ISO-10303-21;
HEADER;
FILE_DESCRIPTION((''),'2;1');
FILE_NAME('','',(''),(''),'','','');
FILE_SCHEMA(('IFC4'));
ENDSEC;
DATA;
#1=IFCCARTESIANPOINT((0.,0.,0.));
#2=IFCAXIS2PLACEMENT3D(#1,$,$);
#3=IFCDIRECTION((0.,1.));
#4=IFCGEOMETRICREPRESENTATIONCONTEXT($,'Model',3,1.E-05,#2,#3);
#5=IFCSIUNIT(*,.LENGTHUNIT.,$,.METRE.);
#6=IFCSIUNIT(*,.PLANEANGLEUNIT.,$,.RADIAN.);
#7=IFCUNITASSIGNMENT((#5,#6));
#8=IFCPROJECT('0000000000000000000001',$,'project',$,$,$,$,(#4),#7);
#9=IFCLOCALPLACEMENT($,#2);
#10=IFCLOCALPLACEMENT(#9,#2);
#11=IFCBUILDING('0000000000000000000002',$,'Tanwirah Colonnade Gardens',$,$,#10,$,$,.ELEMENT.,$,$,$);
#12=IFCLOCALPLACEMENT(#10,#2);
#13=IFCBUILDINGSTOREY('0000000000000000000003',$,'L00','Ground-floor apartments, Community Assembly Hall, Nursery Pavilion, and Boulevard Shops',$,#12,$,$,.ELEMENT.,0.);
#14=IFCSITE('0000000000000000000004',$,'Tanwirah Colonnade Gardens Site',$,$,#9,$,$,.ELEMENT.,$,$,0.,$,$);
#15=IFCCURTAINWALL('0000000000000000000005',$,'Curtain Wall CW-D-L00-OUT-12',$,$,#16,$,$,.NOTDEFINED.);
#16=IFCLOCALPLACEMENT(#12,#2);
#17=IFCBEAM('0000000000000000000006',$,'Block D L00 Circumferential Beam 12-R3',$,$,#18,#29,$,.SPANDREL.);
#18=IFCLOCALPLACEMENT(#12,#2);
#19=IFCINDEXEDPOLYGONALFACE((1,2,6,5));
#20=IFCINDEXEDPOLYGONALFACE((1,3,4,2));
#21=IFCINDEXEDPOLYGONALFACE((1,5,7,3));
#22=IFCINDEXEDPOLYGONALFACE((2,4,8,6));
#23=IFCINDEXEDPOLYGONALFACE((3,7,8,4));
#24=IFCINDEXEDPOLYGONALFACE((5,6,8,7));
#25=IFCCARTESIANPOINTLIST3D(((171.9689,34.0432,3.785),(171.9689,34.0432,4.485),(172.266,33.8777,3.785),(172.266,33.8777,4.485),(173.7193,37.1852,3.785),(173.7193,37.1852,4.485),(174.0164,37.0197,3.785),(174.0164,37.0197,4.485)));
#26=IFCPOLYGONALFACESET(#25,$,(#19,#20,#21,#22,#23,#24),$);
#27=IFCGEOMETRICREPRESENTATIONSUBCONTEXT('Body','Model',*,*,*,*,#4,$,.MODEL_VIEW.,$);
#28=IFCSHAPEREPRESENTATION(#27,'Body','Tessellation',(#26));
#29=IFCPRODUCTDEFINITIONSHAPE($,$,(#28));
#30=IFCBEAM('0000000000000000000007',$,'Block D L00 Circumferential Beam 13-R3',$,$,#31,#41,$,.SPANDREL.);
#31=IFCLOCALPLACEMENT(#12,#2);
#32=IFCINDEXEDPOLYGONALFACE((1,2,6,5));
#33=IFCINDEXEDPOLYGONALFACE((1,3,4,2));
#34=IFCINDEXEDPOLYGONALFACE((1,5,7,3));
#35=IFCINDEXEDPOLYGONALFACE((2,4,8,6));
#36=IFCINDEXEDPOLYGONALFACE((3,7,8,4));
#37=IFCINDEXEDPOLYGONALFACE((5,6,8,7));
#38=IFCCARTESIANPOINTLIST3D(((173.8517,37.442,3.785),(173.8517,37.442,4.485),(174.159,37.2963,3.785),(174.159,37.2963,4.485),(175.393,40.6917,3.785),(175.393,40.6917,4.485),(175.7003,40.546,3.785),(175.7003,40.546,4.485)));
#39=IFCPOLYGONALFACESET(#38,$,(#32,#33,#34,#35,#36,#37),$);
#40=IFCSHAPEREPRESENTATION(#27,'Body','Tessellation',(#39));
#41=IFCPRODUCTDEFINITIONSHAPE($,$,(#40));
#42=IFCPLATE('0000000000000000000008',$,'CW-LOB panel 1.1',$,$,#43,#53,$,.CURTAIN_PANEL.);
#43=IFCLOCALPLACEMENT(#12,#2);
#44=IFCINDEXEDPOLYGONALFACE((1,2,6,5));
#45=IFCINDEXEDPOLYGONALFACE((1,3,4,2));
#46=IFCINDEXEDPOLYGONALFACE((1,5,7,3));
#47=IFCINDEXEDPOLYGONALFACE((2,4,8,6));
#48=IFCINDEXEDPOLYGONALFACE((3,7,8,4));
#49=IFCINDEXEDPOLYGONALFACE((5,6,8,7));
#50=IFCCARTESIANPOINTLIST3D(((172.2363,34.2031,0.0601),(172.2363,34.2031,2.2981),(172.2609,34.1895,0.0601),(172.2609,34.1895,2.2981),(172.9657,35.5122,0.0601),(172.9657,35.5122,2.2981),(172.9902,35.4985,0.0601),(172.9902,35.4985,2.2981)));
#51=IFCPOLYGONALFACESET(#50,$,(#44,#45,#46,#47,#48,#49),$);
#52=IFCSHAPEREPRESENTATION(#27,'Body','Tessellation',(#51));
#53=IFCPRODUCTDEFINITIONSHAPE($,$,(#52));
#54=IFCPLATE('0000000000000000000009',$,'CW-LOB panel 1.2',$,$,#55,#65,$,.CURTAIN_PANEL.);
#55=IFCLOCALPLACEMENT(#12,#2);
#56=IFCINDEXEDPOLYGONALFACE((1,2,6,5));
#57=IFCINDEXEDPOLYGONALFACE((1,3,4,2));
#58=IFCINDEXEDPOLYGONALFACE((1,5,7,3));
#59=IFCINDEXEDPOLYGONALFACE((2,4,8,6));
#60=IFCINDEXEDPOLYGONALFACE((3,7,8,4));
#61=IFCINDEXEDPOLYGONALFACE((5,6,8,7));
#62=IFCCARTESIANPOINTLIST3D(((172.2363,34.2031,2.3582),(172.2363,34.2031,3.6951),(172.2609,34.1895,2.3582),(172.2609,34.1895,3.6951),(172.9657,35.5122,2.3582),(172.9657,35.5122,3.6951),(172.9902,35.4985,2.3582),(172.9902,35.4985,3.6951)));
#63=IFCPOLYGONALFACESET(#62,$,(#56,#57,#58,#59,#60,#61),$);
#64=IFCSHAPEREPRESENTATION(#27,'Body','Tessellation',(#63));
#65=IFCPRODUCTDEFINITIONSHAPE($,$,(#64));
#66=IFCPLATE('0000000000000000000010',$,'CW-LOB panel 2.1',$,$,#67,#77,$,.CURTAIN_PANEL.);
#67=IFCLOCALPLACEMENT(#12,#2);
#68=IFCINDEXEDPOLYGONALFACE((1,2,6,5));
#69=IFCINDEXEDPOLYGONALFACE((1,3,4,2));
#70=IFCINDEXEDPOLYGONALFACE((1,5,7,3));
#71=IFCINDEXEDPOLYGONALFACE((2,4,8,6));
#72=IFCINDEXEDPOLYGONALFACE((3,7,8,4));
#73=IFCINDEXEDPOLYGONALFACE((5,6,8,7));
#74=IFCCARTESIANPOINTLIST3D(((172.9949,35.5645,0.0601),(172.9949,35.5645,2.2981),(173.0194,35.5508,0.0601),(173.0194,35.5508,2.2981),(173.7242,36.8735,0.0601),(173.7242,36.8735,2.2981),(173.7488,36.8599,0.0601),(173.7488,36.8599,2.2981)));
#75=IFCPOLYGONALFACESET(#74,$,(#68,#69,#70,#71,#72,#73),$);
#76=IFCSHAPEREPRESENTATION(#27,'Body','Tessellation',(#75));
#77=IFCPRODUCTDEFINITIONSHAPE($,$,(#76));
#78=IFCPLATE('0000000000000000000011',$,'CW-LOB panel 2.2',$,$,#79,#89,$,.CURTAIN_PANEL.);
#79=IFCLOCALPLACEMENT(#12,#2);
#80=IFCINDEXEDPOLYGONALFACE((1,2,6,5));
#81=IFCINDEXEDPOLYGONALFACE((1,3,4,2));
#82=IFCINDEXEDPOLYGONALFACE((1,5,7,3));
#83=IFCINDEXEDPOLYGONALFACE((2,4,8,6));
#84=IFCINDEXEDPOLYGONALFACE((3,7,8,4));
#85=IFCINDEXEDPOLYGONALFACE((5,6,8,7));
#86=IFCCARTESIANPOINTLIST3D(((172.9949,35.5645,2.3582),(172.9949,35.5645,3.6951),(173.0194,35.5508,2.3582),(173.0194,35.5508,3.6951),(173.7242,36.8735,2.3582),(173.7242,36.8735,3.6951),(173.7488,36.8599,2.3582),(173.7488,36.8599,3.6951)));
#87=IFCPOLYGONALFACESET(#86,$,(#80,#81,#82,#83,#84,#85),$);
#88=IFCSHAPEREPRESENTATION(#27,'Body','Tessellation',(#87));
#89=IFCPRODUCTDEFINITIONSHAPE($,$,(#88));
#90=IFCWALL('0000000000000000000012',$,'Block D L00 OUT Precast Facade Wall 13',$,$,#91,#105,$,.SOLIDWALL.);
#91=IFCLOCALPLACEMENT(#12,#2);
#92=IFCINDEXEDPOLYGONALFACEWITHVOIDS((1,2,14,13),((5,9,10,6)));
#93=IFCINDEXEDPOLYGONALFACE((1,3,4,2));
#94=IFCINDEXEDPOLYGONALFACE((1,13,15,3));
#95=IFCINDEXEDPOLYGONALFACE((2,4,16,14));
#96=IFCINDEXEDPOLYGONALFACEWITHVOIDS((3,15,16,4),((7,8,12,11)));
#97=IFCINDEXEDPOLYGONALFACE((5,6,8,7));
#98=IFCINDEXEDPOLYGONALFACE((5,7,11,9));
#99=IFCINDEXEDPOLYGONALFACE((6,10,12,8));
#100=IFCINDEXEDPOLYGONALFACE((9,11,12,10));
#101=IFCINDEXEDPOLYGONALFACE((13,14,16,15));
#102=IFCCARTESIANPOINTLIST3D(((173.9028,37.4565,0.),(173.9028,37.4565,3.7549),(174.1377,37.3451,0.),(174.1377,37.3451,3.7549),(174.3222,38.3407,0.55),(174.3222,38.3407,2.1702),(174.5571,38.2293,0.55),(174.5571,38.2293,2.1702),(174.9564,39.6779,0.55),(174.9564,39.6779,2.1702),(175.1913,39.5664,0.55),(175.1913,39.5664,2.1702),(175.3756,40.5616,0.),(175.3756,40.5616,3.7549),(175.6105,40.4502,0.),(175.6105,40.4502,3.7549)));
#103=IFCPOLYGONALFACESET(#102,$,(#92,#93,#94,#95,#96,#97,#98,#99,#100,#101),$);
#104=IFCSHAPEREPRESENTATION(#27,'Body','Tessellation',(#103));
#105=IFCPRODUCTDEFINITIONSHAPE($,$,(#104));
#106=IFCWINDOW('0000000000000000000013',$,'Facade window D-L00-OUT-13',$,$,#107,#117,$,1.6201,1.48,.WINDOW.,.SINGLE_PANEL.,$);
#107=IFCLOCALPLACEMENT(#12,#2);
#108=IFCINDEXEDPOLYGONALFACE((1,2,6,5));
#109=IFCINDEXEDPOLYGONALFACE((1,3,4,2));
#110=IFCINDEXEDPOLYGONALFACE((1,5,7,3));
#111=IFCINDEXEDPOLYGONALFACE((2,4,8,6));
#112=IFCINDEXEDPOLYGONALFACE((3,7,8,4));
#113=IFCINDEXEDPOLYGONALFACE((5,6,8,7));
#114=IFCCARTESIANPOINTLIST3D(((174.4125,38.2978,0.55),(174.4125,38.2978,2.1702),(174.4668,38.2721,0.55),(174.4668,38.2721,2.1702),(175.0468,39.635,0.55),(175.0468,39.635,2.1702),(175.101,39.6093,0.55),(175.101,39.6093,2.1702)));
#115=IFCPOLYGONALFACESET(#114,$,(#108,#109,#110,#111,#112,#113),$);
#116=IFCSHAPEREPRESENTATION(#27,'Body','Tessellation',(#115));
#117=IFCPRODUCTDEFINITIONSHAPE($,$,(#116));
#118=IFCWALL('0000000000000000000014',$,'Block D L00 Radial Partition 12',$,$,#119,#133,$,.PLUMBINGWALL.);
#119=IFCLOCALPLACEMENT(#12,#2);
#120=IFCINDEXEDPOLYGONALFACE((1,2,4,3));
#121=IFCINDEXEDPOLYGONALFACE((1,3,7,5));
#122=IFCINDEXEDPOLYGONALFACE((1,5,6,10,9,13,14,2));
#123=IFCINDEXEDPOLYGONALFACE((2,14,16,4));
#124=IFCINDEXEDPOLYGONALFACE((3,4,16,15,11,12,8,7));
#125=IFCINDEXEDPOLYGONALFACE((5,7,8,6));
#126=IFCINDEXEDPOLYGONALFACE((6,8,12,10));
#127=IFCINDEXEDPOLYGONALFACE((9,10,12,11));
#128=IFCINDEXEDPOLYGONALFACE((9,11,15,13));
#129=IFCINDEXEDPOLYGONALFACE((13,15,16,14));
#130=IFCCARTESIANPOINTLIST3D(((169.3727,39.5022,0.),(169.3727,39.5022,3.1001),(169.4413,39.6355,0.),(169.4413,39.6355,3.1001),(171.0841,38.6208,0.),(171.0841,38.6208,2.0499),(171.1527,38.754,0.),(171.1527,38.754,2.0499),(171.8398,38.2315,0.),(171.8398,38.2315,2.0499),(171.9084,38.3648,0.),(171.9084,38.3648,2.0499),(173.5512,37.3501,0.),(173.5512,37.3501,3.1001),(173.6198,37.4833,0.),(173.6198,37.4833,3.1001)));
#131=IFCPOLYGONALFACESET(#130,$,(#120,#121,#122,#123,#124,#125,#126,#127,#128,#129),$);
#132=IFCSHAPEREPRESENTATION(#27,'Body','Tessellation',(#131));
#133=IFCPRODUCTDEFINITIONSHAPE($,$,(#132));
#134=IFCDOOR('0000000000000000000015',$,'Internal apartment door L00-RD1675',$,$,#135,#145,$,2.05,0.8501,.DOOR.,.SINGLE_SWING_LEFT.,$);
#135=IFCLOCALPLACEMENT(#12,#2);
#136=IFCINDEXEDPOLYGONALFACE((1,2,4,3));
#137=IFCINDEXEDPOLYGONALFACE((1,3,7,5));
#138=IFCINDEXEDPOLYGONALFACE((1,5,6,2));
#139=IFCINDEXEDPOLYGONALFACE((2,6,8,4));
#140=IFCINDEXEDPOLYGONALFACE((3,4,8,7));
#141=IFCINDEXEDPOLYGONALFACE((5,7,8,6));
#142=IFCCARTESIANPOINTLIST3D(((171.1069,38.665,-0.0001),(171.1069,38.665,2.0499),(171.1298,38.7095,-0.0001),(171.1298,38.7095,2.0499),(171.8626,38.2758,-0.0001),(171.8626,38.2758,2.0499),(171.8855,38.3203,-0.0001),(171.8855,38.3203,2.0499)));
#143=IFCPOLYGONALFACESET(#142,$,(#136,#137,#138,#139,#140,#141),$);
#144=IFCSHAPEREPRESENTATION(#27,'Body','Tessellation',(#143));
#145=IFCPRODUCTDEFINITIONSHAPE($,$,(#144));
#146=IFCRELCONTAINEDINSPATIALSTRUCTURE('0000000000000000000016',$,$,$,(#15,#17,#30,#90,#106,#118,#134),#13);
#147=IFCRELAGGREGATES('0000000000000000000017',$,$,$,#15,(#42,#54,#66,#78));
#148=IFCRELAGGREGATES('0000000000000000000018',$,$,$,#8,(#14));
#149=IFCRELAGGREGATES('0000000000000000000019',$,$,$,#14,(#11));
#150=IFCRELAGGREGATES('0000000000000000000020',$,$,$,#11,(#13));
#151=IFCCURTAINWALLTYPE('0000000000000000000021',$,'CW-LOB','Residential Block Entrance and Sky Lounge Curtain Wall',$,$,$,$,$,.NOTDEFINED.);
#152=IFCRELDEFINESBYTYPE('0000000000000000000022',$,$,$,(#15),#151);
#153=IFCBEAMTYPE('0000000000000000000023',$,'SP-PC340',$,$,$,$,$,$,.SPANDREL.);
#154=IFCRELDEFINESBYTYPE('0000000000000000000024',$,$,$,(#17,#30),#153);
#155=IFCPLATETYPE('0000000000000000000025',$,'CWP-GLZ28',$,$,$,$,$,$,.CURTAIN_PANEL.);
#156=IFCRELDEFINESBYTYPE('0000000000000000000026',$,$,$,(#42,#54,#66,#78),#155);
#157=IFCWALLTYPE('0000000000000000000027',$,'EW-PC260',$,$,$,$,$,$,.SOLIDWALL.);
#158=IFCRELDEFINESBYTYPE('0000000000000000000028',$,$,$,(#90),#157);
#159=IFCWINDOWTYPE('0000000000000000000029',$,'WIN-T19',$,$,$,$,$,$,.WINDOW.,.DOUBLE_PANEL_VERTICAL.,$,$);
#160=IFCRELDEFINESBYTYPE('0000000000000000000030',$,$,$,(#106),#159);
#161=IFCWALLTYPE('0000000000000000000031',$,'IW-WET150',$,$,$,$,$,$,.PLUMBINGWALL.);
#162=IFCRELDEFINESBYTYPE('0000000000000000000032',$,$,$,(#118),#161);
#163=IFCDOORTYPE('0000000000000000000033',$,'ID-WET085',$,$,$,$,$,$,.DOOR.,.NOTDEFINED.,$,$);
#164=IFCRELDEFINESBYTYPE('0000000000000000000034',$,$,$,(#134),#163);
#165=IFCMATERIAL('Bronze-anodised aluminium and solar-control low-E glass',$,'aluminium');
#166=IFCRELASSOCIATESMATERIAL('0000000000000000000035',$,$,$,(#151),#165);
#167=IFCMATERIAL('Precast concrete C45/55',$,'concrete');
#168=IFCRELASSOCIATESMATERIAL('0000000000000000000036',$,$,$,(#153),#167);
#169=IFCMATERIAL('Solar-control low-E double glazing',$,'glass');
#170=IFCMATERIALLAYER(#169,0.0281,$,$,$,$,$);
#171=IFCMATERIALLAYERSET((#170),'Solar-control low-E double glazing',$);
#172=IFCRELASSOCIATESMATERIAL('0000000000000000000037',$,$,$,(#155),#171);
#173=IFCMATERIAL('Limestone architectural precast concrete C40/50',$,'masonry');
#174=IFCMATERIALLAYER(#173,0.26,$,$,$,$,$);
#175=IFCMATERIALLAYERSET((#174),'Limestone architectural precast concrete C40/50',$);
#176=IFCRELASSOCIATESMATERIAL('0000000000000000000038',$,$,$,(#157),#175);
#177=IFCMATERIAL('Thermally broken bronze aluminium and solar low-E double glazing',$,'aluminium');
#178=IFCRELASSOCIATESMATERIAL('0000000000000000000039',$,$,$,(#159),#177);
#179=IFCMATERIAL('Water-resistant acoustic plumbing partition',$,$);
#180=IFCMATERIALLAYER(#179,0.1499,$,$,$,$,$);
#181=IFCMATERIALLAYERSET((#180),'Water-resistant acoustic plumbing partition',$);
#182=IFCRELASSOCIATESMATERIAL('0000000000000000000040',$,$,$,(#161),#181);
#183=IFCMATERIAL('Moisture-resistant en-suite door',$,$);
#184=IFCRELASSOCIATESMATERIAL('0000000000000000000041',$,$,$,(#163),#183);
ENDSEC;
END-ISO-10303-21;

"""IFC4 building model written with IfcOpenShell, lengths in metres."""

from ifc_helpers import new_model, si_unit, direction, frame, frame_2d, origin, origin_2d, place, context, subcontext, project, spatial, rectangle, extrude, material, layer, layer_set, material_profile, profile_set, type_object, element, fill, aggregate, save


model = new_model("IFC4")

# Units and contexts
model_context = context("Model", 3, precision=1e-05, world=origin(), true_north=direction((0.0, 1.0)))
body_context = subcontext(model_context, "Body", "Model", "MODEL_VIEW")
ifc_project = project(units=[si_unit("LENGTHUNIT", "METRE"), si_unit("PLANEANGLEUNIT", "RADIAN")], contexts=[model_context])

# Site, building, storey
site_placement = place(None, origin())
site = spatial("IfcSite", under=ifc_project, at=site_placement, Name="Tanwirah Colonnade Gardens Site", CompositionType="ELEMENT", RefElevation=0.0)
building_placement = place(site_placement, origin())
building = spatial("IfcBuilding", under=site, at=building_placement, Name="Tanwirah Colonnade Gardens", CompositionType="ELEMENT")
storey_placement = place(building_placement, origin())
storey = spatial("IfcBuildingStorey", under=building, at=storey_placement, Name="L00", Description="Ground-floor apartments, Community Assembly Hall, Nursery Pavilion, and Boulevard Shops", CompositionType="ELEMENT", Elevation=0.0)

# Shared definitions
ifc_material_1 = material(Name="Precast concrete C45/55", Category="concrete")

# Curtain wall
ifc_material_2 = material(Name="Bronze-anodised aluminium and solar-control low-E glass", Category="aluminium")
curtain_wall_type = type_object("IfcCurtainWallType", Name="CW-LOB", Description="Residential Block Entrance and Sky Lounge Curtain Wall", PredefinedType="NOTDEFINED", material=ifc_material_2)
curtain_wall_placement = place(storey_placement, origin())
curtain_wall = element("IfcCurtainWall", 1, at=curtain_wall_placement, inside=storey, type_object=curtain_wall_type, Name="Curtain Wall CW-D-L00-OUT-12", PredefinedType="NOTDEFINED")

# Beams
ifc_material_profile_1 = material_profile(ifc_material_1, rectangle(XDim=0.3401, YDim=0.7, at=origin_2d()), Name="PC-SP 340x700")
ifc_profile_set_1 = profile_set([ifc_material_profile_1], Name="Precast concrete C45/55")
beam_type = type_object("IfcBeamType", Name="SP-PC340", PredefinedType="SPANDREL", material=ifc_profile_set_1)
for number, where, z_axis, x_axis, name in (
    (2, (172.1174, 33.9604, 4.135), (0.48668, 0.87358, 0.0), (-0.87358, 0.48668, 0.0), "Block D L00 Circumferential Beam 12-R3"),
    (3, (174.0054, 37.3691, 4.135), (0.428518, 0.903533, 0.0), (-0.903533, 0.428518, 0.0), "Block D L00 Circumferential Beam 13-R3"),
):
    element("IfcBeam", number, at=place(storey_placement, frame(where, z_axis=z_axis, x_axis=x_axis)), inside=storey, type_object=beam_type, Name=name, PredefinedType="SPANDREL", context=body_context, shape_type="SweptSolid", body=[
        extrude(rectangle(XDim=0.3401, YDim=0.7, at=origin_2d()), origin(), (0.0, 0.0, 1.0), 3.5967),
    ])

# Plates
ifc_material_3 = material(Name="Solar-control low-E double glazing", Category="glass")
ifc_layer_1 = layer(ifc_material_3, 0.0281)
ifc_layer_set_1 = layer_set([ifc_layer_1], Name="Solar-control low-E double glazing")
plate_type = type_object("IfcPlateType", Name="CWP-GLZ28", PredefinedType="CURTAIN_PANEL", material=ifc_layer_set_1)
plate_1_placement = place(storey_placement, frame((172.6133, 34.8508, 0.0601), z_axis=(0.0, 0.0, 1.0), x_axis=(0.486715, 0.873561, 0.0)))
plate_1 = element("IfcPlate", 4, at=plate_1_placement, type_object=plate_type, Name="CW-LOB panel 1.1", PredefinedType="CURTAIN_PANEL", context=body_context, shape_type="SweptSolid", body=[
    extrude(rectangle(XDim=1.4985, YDim=0.0281, at=origin_2d()), origin(), (0.0, 0.0, 1.0), 2.238),
])
plate_2_placement = place(storey_placement, frame((172.6133, 34.8508, 2.3582), z_axis=(0.0, 0.0, 1.0), x_axis=(0.486715, 0.873561, 0.0)))
plate_2 = element("IfcPlate", 5, at=plate_2_placement, type_object=plate_type, Name="CW-LOB panel 1.2", PredefinedType="CURTAIN_PANEL", context=body_context, shape_type="SweptSolid", body=[
    extrude(rectangle(XDim=1.4985, YDim=0.0281, at=origin_2d()), origin(), (0.0, 0.0, 1.0), 1.3369),
])
plate_3_placement = place(storey_placement, frame((173.3718, 36.2122, 0.0601), z_axis=(0.0, 0.0, 1.0), x_axis=(0.486715, 0.873561, 0.0)))
plate_3 = element("IfcPlate", 6, at=plate_3_placement, type_object=plate_type, Name="CW-LOB panel 2.1", PredefinedType="CURTAIN_PANEL", context=body_context, shape_type="SweptSolid", body=[
    extrude(rectangle(XDim=1.4985, YDim=0.0281, at=origin_2d()), origin(), (0.0, 0.0, 1.0), 2.238),
])
plate_4_placement = place(storey_placement, frame((173.3718, 36.2122, 2.3582), z_axis=(0.0, 0.0, 1.0), x_axis=(0.486715, 0.873561, 0.0)))
plate_4 = element("IfcPlate", 7, at=plate_4_placement, type_object=plate_type, Name="CW-LOB panel 2.2", PredefinedType="CURTAIN_PANEL", context=body_context, shape_type="SweptSolid", body=[
    extrude(rectangle(XDim=1.4985, YDim=0.0281, at=origin_2d()), origin(), (0.0, 0.0, 1.0), 1.3369),
])
aggregate(curtain_wall, [plate_1, plate_2, plate_3, plate_4])

# Wall, opening, window
ifc_material_4 = material(Name="Limestone architectural precast concrete C40/50", Category="masonry")
ifc_layer_2 = layer(ifc_material_4, 0.26)
ifc_layer_set_2 = layer_set([ifc_layer_2], Name="Limestone architectural precast concrete C40/50")
wall_type_1 = type_object("IfcWallType", Name="EW-PC260", PredefinedType="SOLIDWALL", material=ifc_layer_set_2)
wall_1_placement = place(storey_placement, frame((174.0203, 37.4009, 0.0), z_axis=(0.0, 0.0, 1.0), x_axis=(0.428563, 0.903512, 0.0)))
wall_1 = element("IfcWall", 8, at=wall_1_placement, inside=storey, type_object=wall_type_1, Name="Block D L00 OUT Precast Facade Wall 13", PredefinedType="SOLIDWALL", context=body_context, shape_type="SweptSolid", body=[
    extrude(rectangle(XDim=3.4368, YDim=0.26, at=frame_2d((1.7183, 0.0))), origin(), (0.0, 0.0, 1.0), 3.7549),
])
opening_1_placement = place(wall_1_placement, frame((0.9785, 0.0, 0.55)))
opening_1 = element("IfcOpeningElement", 9, at=opening_1_placement, cuts=wall_1, PredefinedType="OPENING", context=body_context, shape_type="SweptSolid", body=[
    extrude(rectangle(XDim=1.48, YDim=1.6201, at=frame_2d((0.74, 0.8101))), frame((0.0, 0.1399, 0.0), z_axis=(0.0, -1.0, 0.0), x_axis=(1.0, 0.0, 0.0)), (0.0, 0.0, 1.0), 0.28),
])
ifc_material_5 = material(Name="Thermally broken bronze aluminium and solar low-E double glazing", Category="aluminium")
window_type = type_object("IfcWindowType", Name="WIN-T19", PartitioningType="DOUBLE_PANEL_VERTICAL", PredefinedType="WINDOW", material=ifc_material_5)
window_placement = place(opening_1_placement, origin())
window = element("IfcWindow", 10, at=window_placement, inside=storey, type_object=window_type, Name="Facade window D-L00-OUT-13", OverallHeight=1.6201, OverallWidth=1.48, PartitioningType="SINGLE_PANEL", PredefinedType="WINDOW", context=body_context, shape_type="SweptSolid", body=[
    extrude(rectangle(XDim=1.48, YDim=1.6201, at=frame_2d((0.74, 0.8101))), frame((0.0, 0.03, 0.0), z_axis=(0.0, -1.0, 0.0), x_axis=(1.0, 0.0, 0.0)), (0.0, 0.0, 1.0), 0.0601),
])
fill(opening_1, window)

# Wall, opening, door
ifc_material_6 = material(Name="Water-resistant acoustic plumbing partition")
ifc_layer_3 = layer(ifc_material_6, 0.1499)
ifc_layer_set_3 = layer_set([ifc_layer_3], Name="Water-resistant acoustic plumbing partition")
wall_type_2 = type_object("IfcWallType", Name="IW-WET150", PredefinedType="PLUMBINGWALL", material=ifc_layer_set_3)
wall_2_placement = place(storey_placement, frame((169.407, 39.5688, 0.0), z_axis=(0.0, 0.0, 1.0), x_axis=(0.889013, -0.457882, 0.0)))
wall_2 = element("IfcWall", 11, at=wall_2_placement, inside=storey, type_object=wall_type_2, Name="Block D L00 Radial Partition 12", PredefinedType="PLUMBINGWALL", context=body_context, shape_type="SweptSolid", body=[
    extrude(rectangle(XDim=4.7002, YDim=0.1499, at=frame_2d((2.3501, 0.0))), origin(), (0.0, 0.0, 1.0), 3.1001),
])
opening_2_placement = place(wall_2_placement, frame((1.925, 0.0, 0.0)))
opening_2 = element("IfcOpeningElement", 12, at=opening_2_placement, cuts=wall_2, PredefinedType="OPENING", context=body_context, shape_type="SweptSolid", body=[
    extrude(rectangle(XDim=0.8501, YDim=2.05, at=frame_2d((0.425, 1.0249))), frame((0.0, 0.085, 0.0), z_axis=(0.0, -1.0, 0.0), x_axis=(1.0, 0.0, 0.0)), (0.0, 0.0, 1.0), 0.1699),
])
ifc_material_7 = material(Name="Moisture-resistant en-suite door")
door_type = type_object("IfcDoorType", Name="ID-WET085", OperationType="NOTDEFINED", PredefinedType="DOOR", material=ifc_material_7)
door_placement = place(opening_2_placement, origin())
door = element("IfcDoor", 13, at=door_placement, inside=storey, type_object=door_type, Name="Internal apartment door L00-RD1675", OperationType="SINGLE_SWING_LEFT", OverallHeight=2.05, OverallWidth=0.8501, PredefinedType="DOOR", context=body_context, shape_type="SweptSolid", body=[
    extrude(rectangle(XDim=0.8501, YDim=2.05, at=frame_2d((0.425, 1.0249))), frame((0.0, 0.0249, 0.0), z_axis=(0.0, -1.0, 0.0), x_axis=(1.0, 0.0, 0.0)), (0.0, 0.0, 1.0), 0.05),
])
fill(opening_2, door)

save(model, "model.ifc")
